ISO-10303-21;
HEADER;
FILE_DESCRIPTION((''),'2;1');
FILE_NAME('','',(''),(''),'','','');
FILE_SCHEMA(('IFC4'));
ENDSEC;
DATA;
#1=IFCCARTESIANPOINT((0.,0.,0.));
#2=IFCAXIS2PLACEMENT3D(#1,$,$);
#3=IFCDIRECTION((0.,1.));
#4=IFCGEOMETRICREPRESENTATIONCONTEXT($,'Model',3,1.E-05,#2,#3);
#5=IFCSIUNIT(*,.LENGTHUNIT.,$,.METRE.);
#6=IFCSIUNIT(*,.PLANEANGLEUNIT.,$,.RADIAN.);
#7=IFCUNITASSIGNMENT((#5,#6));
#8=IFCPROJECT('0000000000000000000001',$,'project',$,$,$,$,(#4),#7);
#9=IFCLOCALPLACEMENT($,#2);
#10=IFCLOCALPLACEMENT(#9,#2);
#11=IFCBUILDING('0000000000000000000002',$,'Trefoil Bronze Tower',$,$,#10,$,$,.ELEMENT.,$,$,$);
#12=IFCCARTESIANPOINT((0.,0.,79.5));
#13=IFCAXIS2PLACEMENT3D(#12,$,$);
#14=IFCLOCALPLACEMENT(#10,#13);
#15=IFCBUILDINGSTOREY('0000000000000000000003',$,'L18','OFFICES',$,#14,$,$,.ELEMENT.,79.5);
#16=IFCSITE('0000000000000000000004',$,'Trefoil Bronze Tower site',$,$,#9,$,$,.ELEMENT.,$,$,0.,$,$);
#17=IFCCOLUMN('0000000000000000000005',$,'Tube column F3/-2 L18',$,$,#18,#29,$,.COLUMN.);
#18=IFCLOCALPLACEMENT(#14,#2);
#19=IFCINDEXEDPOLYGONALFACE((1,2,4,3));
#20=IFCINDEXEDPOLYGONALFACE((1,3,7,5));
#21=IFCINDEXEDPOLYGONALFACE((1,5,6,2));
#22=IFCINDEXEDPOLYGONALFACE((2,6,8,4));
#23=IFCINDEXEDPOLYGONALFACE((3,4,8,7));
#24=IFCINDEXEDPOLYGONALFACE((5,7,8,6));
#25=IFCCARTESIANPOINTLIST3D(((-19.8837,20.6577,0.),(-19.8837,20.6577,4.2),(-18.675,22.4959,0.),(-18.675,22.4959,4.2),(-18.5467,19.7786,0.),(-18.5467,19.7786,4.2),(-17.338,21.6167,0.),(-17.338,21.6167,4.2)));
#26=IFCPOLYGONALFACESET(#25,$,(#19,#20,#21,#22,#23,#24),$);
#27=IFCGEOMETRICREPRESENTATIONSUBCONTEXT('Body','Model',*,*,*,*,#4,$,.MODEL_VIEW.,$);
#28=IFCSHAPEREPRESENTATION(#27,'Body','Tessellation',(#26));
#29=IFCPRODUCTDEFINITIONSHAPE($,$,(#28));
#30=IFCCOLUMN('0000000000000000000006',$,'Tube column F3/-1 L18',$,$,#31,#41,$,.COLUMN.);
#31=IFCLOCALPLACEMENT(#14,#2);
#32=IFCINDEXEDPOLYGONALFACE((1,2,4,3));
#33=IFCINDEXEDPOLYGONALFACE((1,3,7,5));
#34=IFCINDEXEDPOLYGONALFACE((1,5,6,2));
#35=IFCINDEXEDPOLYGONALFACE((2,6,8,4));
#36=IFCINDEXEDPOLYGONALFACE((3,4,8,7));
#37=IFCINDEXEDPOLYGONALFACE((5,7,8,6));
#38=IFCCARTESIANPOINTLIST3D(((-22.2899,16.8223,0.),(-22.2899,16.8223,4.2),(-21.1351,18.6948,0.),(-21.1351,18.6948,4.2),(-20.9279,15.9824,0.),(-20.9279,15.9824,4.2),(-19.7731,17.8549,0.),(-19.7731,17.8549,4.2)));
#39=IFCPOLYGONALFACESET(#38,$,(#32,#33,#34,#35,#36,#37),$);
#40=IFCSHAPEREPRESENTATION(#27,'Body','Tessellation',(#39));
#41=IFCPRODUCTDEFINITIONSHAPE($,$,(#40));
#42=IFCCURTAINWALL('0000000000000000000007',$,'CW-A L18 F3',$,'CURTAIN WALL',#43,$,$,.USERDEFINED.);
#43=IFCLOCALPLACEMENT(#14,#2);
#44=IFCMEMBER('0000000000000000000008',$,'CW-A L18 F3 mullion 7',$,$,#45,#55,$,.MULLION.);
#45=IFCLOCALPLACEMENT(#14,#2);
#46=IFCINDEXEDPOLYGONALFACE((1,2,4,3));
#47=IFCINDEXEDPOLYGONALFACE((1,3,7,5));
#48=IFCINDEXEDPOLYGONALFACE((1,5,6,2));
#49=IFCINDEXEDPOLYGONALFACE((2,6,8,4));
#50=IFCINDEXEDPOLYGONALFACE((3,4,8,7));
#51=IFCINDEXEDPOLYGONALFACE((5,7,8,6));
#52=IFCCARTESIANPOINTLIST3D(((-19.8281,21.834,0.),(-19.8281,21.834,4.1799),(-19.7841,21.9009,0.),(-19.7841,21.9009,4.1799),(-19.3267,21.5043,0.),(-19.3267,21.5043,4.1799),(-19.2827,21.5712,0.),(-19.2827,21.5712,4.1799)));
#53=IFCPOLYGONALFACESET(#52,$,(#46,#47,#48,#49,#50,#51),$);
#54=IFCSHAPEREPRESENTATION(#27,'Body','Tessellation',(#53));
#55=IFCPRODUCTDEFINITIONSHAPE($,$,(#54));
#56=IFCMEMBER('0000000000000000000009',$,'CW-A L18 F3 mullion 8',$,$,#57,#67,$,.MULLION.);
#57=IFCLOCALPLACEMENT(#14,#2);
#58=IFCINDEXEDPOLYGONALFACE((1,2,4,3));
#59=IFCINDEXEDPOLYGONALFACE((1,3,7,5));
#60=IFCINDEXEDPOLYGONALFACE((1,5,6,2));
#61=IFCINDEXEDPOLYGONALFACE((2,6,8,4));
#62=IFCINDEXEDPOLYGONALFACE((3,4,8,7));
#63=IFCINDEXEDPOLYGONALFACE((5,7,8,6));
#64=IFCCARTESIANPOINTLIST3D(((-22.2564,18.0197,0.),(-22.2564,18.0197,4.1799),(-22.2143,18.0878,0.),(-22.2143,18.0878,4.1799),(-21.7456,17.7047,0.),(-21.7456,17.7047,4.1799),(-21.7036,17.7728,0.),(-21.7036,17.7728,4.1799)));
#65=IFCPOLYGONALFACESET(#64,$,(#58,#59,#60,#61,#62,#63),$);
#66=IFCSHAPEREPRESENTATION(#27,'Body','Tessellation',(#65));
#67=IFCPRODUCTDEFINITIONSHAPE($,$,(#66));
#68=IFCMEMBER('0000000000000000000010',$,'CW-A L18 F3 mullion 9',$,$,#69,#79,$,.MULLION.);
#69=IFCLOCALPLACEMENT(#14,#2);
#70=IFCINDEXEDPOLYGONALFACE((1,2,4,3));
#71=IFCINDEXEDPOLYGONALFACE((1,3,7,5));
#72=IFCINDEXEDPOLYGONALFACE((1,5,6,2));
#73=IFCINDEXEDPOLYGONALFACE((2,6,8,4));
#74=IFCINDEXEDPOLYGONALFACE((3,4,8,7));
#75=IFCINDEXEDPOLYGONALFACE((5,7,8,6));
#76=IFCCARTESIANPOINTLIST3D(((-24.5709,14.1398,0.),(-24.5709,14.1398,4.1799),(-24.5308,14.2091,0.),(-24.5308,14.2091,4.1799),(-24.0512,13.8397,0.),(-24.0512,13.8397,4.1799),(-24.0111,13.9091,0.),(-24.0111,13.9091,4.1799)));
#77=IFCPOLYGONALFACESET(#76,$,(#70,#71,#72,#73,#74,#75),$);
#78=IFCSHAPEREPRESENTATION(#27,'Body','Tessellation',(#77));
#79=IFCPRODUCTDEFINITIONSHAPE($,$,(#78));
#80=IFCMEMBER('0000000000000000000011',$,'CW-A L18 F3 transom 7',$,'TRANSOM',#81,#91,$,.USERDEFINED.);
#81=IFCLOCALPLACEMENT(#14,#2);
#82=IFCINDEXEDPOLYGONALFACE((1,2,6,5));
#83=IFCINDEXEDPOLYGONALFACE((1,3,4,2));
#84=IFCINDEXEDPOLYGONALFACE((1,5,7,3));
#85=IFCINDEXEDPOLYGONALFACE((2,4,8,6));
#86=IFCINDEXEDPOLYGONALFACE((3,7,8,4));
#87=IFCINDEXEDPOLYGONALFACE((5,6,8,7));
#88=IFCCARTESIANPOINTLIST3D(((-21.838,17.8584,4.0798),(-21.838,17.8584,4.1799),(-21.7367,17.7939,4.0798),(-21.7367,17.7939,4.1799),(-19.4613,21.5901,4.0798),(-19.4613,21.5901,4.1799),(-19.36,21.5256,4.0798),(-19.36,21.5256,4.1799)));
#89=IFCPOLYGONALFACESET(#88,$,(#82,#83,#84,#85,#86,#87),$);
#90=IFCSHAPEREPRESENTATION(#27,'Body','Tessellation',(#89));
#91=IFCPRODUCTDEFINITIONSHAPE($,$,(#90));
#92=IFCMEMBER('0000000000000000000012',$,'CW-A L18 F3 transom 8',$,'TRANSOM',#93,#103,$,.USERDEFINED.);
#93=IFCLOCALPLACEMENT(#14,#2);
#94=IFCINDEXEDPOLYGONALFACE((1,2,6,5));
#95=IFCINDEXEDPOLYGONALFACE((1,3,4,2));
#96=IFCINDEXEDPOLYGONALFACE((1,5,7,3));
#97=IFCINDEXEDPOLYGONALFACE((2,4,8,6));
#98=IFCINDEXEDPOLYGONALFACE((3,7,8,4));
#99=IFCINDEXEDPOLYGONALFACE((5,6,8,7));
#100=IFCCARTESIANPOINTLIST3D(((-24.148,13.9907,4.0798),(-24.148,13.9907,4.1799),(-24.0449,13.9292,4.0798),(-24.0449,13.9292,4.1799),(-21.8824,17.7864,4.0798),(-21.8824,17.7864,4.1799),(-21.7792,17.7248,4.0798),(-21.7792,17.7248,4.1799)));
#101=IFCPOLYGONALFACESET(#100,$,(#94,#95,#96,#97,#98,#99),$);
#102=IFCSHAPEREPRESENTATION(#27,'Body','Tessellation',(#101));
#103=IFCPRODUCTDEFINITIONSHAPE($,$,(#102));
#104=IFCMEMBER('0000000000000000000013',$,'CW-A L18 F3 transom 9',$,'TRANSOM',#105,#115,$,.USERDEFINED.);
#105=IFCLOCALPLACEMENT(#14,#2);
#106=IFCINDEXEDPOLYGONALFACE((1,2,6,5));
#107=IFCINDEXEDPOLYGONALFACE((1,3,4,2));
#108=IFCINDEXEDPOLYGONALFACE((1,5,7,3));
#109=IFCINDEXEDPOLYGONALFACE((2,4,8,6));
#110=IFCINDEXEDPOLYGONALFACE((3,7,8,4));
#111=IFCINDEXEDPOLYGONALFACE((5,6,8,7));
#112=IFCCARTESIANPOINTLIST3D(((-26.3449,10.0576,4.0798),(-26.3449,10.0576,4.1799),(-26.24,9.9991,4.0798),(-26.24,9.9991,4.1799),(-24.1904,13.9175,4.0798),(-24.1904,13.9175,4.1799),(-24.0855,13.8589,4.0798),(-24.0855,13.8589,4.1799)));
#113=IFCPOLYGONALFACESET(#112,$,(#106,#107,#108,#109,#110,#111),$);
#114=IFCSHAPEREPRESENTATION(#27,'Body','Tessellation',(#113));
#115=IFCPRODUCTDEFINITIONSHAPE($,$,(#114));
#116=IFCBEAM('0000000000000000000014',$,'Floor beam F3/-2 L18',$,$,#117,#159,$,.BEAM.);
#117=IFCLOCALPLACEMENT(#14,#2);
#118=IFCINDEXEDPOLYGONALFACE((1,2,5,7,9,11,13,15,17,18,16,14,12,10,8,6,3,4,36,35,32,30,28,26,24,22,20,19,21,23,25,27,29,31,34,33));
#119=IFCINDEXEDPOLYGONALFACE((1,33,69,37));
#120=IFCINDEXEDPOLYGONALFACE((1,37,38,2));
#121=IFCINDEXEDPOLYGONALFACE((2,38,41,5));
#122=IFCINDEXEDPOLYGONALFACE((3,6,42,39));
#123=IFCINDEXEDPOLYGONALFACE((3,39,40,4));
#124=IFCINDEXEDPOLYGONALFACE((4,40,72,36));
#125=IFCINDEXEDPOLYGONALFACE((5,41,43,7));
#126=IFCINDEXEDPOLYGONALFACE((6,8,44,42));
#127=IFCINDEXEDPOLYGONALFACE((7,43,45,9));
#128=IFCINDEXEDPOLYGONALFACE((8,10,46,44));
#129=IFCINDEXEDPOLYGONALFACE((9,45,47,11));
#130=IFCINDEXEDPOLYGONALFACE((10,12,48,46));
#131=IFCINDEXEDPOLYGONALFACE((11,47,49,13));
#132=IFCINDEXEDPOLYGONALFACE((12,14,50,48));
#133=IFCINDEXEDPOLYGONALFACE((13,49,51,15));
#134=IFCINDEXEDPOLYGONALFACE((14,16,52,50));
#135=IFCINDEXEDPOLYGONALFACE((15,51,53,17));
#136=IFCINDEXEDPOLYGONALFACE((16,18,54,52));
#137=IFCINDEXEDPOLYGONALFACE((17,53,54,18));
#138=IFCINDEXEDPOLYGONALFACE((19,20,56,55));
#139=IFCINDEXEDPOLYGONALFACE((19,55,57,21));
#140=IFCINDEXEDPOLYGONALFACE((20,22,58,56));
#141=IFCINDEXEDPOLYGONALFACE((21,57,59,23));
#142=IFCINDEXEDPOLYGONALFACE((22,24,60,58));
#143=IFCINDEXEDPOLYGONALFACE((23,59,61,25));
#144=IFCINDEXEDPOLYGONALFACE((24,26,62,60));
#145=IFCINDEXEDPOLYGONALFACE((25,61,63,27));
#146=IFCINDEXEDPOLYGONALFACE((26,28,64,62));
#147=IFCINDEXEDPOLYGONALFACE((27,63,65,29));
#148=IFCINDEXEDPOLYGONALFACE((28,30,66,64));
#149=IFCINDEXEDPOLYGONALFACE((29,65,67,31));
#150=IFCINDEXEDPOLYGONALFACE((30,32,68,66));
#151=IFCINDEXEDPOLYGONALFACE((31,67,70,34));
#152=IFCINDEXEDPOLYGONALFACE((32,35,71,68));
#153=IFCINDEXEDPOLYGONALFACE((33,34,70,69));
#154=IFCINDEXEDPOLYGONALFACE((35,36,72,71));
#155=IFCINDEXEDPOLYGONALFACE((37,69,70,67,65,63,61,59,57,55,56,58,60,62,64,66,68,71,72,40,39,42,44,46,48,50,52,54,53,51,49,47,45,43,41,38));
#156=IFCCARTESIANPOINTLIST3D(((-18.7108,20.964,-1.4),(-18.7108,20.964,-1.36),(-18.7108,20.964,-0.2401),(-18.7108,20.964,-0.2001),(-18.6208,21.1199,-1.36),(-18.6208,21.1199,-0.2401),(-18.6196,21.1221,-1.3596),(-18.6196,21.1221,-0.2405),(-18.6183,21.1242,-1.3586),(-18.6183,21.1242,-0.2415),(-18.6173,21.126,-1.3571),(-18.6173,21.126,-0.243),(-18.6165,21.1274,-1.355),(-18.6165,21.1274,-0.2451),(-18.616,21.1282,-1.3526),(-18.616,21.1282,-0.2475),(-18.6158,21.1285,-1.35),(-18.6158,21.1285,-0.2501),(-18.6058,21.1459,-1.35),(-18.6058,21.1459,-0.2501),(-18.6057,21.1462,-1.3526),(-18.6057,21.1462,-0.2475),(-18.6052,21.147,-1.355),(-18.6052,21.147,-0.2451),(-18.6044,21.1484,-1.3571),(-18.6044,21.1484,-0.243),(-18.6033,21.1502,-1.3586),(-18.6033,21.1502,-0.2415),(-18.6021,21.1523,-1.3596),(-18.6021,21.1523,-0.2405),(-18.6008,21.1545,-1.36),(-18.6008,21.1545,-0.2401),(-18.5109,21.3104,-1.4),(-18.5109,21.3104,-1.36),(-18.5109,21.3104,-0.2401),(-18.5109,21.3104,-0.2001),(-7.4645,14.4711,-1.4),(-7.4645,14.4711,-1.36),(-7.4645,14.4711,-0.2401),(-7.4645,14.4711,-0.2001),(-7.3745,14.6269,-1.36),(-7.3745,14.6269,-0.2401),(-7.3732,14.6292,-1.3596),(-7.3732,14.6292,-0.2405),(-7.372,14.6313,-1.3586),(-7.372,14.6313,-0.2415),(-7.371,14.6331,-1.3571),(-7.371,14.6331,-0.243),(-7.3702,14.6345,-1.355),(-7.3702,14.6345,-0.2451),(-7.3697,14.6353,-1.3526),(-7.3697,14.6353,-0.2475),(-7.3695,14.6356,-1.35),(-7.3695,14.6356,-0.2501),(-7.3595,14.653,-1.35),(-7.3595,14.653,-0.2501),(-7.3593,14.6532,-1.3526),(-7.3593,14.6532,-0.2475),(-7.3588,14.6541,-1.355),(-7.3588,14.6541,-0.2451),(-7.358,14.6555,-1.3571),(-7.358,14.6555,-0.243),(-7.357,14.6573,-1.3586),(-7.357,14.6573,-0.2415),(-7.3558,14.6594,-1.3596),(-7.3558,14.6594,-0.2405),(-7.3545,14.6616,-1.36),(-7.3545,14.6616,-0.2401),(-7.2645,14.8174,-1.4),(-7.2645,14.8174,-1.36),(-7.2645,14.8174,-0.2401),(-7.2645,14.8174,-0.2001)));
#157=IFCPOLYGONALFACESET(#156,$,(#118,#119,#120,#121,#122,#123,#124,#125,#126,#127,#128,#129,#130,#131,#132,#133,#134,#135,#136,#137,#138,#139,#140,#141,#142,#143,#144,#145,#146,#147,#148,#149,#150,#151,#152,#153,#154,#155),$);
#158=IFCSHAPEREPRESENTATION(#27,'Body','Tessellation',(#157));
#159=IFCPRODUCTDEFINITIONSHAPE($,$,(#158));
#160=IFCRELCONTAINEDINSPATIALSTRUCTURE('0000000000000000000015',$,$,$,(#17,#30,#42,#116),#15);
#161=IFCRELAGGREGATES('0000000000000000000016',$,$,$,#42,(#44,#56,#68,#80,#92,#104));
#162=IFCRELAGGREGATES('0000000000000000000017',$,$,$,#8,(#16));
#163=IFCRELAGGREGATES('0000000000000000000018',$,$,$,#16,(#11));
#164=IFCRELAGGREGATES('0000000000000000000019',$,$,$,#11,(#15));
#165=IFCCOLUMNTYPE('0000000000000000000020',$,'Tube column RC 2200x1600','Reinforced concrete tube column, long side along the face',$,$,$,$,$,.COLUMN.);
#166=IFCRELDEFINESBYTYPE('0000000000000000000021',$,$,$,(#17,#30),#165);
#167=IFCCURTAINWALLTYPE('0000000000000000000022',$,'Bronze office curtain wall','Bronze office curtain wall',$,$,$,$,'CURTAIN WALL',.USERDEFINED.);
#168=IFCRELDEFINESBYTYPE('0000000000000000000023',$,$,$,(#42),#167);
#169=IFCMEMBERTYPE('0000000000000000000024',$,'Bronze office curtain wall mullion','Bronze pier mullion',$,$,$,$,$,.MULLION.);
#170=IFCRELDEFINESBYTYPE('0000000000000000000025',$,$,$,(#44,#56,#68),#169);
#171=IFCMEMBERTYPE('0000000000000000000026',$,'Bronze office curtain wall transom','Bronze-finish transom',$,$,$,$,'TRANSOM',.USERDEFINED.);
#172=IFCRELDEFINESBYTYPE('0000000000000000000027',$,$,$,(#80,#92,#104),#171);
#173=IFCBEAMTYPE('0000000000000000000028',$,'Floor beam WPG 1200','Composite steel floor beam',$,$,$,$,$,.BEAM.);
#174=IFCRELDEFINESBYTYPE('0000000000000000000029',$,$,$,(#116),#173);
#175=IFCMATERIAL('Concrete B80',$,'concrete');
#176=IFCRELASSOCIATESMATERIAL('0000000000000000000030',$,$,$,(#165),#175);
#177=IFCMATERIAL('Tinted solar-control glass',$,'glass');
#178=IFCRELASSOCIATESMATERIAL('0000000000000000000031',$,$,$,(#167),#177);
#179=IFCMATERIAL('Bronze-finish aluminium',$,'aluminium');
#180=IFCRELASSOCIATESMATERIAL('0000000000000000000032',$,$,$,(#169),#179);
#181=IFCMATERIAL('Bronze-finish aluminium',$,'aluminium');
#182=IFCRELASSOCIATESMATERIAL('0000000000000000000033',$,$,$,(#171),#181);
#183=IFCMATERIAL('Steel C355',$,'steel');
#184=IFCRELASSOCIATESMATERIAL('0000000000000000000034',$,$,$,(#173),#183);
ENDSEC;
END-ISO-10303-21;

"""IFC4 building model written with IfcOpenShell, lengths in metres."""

from ifc_helpers import new_model, si_unit, direction, frame, origin, origin_2d, place, context, subcontext, project, spatial, rectangle, i_section, extrude, material, material_profile, profile_set, type_object, element, aggregate, save


model = new_model("IFC4")

# Units and contexts
model_context = context("Model", 3, precision=1e-05, world=origin(), true_north=direction((0.0, 1.0)))
body_context = subcontext(model_context, "Body", "Model", "MODEL_VIEW")
ifc_project = project(units=[si_unit("LENGTHUNIT", "METRE"), si_unit("PLANEANGLEUNIT", "RADIAN")], contexts=[model_context])

# Site, building, storey
site_placement = place(None, origin())
site = spatial("IfcSite", under=ifc_project, at=site_placement, Name="Trefoil Bronze Tower site", CompositionType="ELEMENT", RefElevation=0.0)
building_placement = place(site_placement, origin())
building = spatial("IfcBuilding", under=site, at=building_placement, Name="Trefoil Bronze Tower", CompositionType="ELEMENT")
storey_placement = place(building_placement, frame((0.0, 0.0, 79.5)))
storey = spatial("IfcBuildingStorey", under=building, at=storey_placement, Name="L18", Description="OFFICES", CompositionType="ELEMENT", Elevation=79.5)

# Columns
ifc_material_1 = material(Name="Concrete B80", Category="concrete")
ifc_material_profile_1 = material_profile(ifc_material_1, rectangle(XDim=2.2, YDim=1.6001, at=origin_2d()), Name="RC 2200x1600")
ifc_profile_set_1 = profile_set([ifc_material_profile_1], Name="Concrete B80")
column_type = type_object("IfcColumnType", Name="Tube column RC 2200x1600", Description="Reinforced concrete tube column, long side along the face", PredefinedType="COLUMN", material=ifc_profile_set_1)
for number, where, z_axis, x_axis, name in (
    (1, (-18.6108, 21.1372, 0.0), (0.0, 0.0, 1.0), (-0.549424, -0.835544, 0.0), "Tube column F3/-2 L18"),
    (2, (-21.0315, 17.3386, 0.0), (0.0, 0.0, 1.0), (-0.524923, -0.85115, 0.0), "Tube column F3/-1 L18"),
):
    element("IfcColumn", number, at=place(storey_placement, frame(where, z_axis=z_axis, x_axis=x_axis)), inside=storey, type_object=column_type, Name=name, PredefinedType="COLUMN", context=body_context, shape_type="SweptSolid", body=[
        extrude(rectangle(XDim=2.2, YDim=1.6001, at=origin_2d()), origin(), (0.0, 0.0, 1.0), 4.2),
    ])

# Curtain wall, members
ifc_material_2 = material(Name="Tinted solar-control glass", Category="glass")
curtain_wall_type = type_object("IfcCurtainWallType", Name="Bronze office curtain wall", Description="Bronze office curtain wall", ElementType="CURTAIN WALL", PredefinedType="USERDEFINED", material=ifc_material_2)
curtain_wall_placement = place(storey_placement, origin())
curtain_wall = element("IfcCurtainWall", 3, at=curtain_wall_placement, inside=storey, type_object=curtain_wall_type, Name="CW-A L18 F3", ObjectType="CURTAIN WALL", PredefinedType="USERDEFINED")
ifc_material_3 = material(Name="Bronze-finish aluminium", Category="aluminium")
ifc_material_profile_2 = material_profile(ifc_material_3, rectangle(XDim=0.6001, YDim=0.0801, at=origin_2d()), Name="CW-A mullion")
ifc_profile_set_2 = profile_set([ifc_material_profile_2], Name="Bronze-finish aluminium")
member_type_1 = type_object("IfcMemberType", Name="Bronze office curtain wall mullion", Description="Bronze pier mullion", PredefinedType="MULLION", material=ifc_profile_set_2)
member_1_placement = place(storey_placement, frame((-19.5554, 21.7026, 0.0), z_axis=(0.0, 0.0, 1.0), x_axis=(0.835544, -0.549424, 0.0)))
member_1 = element("IfcMember", 4, at=member_1_placement, type_object=member_type_1, Name="CW-A L18 F3 mullion 7", PredefinedType="MULLION", context=body_context, shape_type="SweptSolid", body=[
    extrude(rectangle(XDim=0.6001, YDim=0.0801, at=origin_2d()), origin(), (0.0, 0.0, 1.0), 4.1799),
])
member_2_placement = place(storey_placement, frame((-21.98, 17.8962, 0.0), z_axis=(0.0, 0.0, 1.0), x_axis=(0.85115, -0.524923, 0.0)))
member_2 = element("IfcMember", 5, at=member_2_placement, type_object=member_type_1, Name="CW-A L18 F3 mullion 8", PredefinedType="MULLION", context=body_context, shape_type="SweptSolid", body=[
    extrude(rectangle(XDim=0.6001, YDim=0.0801, at=origin_2d()), origin(), (0.0, 0.0, 1.0), 4.1799),
])
member_3_placement = place(storey_placement, frame((-24.291, 14.0244, 0.0), z_axis=(0.0, 0.0, 1.0), x_axis=(0.866025, -0.5, 0.0)))
member_3 = element("IfcMember", 6, at=member_3_placement, type_object=member_type_1, Name="CW-A L18 F3 mullion 9", PredefinedType="MULLION", context=body_context, shape_type="SweptSolid", body=[
    extrude(rectangle(XDim=0.6001, YDim=0.0801, at=origin_2d()), origin(), (0.0, 0.0, 1.0), 4.1799),
])
ifc_material_4 = material(Name="Bronze-finish aluminium", Category="aluminium")
ifc_material_profile_3 = material_profile(ifc_material_4, rectangle(XDim=0.1201, YDim=0.1001, at=origin_2d()), Name="CW-A transom")
ifc_profile_set_3 = profile_set([ifc_material_profile_3], Name="Bronze-finish aluminium")
member_type_2 = type_object("IfcMemberType", Name="Bronze office curtain wall transom", Description="Bronze-finish transom", ElementType="TRANSOM", PredefinedType="USERDEFINED", material=ifc_profile_set_3)
member_4_placement = place(storey_placement, frame((-19.4106, 21.5579, 4.1299), z_axis=(-0.537197, -0.843457, 0.0), x_axis=(0.843457, -0.537197, 0.0)))
member_4 = element("IfcMember", 7, at=member_4_placement, type_object=member_type_2, Name="CW-A L18 F3 transom 7", ObjectType="TRANSOM", PredefinedType="USERDEFINED", context=body_context, shape_type="SweptSolid", body=[
    extrude(rectangle(XDim=0.1201, YDim=0.1001, at=origin_2d()), origin(), (0.0, 0.0, 1.0), 4.4243),
])
member_5_placement = place(storey_placement, frame((-21.8308, 17.7556, 4.1299), z_axis=(-0.512537, -0.858665, 0.0), x_axis=(0.858665, -0.512537, 0.0)))
member_5 = element("IfcMember", 8, at=member_5_placement, type_object=member_type_2, Name="CW-A L18 F3 transom 8", ObjectType="TRANSOM", PredefinedType="USERDEFINED", context=body_context, shape_type="SweptSolid", body=[
    extrude(rectangle(XDim=0.1201, YDim=0.1001, at=origin_2d()), origin(), (0.0, 0.0, 1.0), 4.4204),
])
member_6_placement = place(storey_placement, frame((-24.1379, 13.8882, 4.1299), z_axis=(-0.4874, -0.873179, 0.0), x_axis=(0.873179, -0.4874, 0.0)))
member_6 = element("IfcMember", 9, at=member_6_placement, type_object=member_type_2, Name="CW-A L18 F3 transom 9", ObjectType="TRANSOM", PredefinedType="USERDEFINED", context=body_context, shape_type="SweptSolid", body=[
    extrude(rectangle(XDim=0.1201, YDim=0.1001, at=origin_2d()), origin(), (0.0, 0.0, 1.0), 4.4204),
])

# Beam
ifc_material_5 = material(Name="Steel C355", Category="steel")
ifc_material_profile_4 = material_profile(ifc_material_5, i_section(OverallWidth=0.3999, OverallDepth=1.2, WebThickness=0.02, FlangeThickness=0.04, FilletRadius=0.01, at=origin_2d()), Name="WPG 1200")
ifc_profile_set_4 = profile_set([ifc_material_profile_4], Name="Steel C355")
beam_type_1 = type_object("IfcBeamType", Name="Floor beam WPG 1200", Description="Composite steel floor beam", PredefinedType="BEAM", material=ifc_profile_set_4)
beam_1_placement = place(storey_placement, frame((-18.6108, 21.1372, -0.8), z_axis=(0.866031, -0.499991, 0.0), x_axis=(0.499991, 0.866031, 0.0)))
element("IfcBeam", 10, at=beam_1_placement, inside=storey, type_object=beam_type_1, Name="Floor beam F3/-2 L18", PredefinedType="BEAM", context=body_context, shape_type="SweptSolid", body=[
    extrude(i_section(OverallWidth=0.3999, OverallDepth=1.2, WebThickness=0.02, FlangeThickness=0.04, FilletRadius=0.01, at=origin_2d()), origin(), (0.0, 0.0, 1.0), 12.9861),
])

aggregate(curtain_wall, [member_1, member_2, member_3, member_4, member_5, member_6])

save(model, "model.ifc")
